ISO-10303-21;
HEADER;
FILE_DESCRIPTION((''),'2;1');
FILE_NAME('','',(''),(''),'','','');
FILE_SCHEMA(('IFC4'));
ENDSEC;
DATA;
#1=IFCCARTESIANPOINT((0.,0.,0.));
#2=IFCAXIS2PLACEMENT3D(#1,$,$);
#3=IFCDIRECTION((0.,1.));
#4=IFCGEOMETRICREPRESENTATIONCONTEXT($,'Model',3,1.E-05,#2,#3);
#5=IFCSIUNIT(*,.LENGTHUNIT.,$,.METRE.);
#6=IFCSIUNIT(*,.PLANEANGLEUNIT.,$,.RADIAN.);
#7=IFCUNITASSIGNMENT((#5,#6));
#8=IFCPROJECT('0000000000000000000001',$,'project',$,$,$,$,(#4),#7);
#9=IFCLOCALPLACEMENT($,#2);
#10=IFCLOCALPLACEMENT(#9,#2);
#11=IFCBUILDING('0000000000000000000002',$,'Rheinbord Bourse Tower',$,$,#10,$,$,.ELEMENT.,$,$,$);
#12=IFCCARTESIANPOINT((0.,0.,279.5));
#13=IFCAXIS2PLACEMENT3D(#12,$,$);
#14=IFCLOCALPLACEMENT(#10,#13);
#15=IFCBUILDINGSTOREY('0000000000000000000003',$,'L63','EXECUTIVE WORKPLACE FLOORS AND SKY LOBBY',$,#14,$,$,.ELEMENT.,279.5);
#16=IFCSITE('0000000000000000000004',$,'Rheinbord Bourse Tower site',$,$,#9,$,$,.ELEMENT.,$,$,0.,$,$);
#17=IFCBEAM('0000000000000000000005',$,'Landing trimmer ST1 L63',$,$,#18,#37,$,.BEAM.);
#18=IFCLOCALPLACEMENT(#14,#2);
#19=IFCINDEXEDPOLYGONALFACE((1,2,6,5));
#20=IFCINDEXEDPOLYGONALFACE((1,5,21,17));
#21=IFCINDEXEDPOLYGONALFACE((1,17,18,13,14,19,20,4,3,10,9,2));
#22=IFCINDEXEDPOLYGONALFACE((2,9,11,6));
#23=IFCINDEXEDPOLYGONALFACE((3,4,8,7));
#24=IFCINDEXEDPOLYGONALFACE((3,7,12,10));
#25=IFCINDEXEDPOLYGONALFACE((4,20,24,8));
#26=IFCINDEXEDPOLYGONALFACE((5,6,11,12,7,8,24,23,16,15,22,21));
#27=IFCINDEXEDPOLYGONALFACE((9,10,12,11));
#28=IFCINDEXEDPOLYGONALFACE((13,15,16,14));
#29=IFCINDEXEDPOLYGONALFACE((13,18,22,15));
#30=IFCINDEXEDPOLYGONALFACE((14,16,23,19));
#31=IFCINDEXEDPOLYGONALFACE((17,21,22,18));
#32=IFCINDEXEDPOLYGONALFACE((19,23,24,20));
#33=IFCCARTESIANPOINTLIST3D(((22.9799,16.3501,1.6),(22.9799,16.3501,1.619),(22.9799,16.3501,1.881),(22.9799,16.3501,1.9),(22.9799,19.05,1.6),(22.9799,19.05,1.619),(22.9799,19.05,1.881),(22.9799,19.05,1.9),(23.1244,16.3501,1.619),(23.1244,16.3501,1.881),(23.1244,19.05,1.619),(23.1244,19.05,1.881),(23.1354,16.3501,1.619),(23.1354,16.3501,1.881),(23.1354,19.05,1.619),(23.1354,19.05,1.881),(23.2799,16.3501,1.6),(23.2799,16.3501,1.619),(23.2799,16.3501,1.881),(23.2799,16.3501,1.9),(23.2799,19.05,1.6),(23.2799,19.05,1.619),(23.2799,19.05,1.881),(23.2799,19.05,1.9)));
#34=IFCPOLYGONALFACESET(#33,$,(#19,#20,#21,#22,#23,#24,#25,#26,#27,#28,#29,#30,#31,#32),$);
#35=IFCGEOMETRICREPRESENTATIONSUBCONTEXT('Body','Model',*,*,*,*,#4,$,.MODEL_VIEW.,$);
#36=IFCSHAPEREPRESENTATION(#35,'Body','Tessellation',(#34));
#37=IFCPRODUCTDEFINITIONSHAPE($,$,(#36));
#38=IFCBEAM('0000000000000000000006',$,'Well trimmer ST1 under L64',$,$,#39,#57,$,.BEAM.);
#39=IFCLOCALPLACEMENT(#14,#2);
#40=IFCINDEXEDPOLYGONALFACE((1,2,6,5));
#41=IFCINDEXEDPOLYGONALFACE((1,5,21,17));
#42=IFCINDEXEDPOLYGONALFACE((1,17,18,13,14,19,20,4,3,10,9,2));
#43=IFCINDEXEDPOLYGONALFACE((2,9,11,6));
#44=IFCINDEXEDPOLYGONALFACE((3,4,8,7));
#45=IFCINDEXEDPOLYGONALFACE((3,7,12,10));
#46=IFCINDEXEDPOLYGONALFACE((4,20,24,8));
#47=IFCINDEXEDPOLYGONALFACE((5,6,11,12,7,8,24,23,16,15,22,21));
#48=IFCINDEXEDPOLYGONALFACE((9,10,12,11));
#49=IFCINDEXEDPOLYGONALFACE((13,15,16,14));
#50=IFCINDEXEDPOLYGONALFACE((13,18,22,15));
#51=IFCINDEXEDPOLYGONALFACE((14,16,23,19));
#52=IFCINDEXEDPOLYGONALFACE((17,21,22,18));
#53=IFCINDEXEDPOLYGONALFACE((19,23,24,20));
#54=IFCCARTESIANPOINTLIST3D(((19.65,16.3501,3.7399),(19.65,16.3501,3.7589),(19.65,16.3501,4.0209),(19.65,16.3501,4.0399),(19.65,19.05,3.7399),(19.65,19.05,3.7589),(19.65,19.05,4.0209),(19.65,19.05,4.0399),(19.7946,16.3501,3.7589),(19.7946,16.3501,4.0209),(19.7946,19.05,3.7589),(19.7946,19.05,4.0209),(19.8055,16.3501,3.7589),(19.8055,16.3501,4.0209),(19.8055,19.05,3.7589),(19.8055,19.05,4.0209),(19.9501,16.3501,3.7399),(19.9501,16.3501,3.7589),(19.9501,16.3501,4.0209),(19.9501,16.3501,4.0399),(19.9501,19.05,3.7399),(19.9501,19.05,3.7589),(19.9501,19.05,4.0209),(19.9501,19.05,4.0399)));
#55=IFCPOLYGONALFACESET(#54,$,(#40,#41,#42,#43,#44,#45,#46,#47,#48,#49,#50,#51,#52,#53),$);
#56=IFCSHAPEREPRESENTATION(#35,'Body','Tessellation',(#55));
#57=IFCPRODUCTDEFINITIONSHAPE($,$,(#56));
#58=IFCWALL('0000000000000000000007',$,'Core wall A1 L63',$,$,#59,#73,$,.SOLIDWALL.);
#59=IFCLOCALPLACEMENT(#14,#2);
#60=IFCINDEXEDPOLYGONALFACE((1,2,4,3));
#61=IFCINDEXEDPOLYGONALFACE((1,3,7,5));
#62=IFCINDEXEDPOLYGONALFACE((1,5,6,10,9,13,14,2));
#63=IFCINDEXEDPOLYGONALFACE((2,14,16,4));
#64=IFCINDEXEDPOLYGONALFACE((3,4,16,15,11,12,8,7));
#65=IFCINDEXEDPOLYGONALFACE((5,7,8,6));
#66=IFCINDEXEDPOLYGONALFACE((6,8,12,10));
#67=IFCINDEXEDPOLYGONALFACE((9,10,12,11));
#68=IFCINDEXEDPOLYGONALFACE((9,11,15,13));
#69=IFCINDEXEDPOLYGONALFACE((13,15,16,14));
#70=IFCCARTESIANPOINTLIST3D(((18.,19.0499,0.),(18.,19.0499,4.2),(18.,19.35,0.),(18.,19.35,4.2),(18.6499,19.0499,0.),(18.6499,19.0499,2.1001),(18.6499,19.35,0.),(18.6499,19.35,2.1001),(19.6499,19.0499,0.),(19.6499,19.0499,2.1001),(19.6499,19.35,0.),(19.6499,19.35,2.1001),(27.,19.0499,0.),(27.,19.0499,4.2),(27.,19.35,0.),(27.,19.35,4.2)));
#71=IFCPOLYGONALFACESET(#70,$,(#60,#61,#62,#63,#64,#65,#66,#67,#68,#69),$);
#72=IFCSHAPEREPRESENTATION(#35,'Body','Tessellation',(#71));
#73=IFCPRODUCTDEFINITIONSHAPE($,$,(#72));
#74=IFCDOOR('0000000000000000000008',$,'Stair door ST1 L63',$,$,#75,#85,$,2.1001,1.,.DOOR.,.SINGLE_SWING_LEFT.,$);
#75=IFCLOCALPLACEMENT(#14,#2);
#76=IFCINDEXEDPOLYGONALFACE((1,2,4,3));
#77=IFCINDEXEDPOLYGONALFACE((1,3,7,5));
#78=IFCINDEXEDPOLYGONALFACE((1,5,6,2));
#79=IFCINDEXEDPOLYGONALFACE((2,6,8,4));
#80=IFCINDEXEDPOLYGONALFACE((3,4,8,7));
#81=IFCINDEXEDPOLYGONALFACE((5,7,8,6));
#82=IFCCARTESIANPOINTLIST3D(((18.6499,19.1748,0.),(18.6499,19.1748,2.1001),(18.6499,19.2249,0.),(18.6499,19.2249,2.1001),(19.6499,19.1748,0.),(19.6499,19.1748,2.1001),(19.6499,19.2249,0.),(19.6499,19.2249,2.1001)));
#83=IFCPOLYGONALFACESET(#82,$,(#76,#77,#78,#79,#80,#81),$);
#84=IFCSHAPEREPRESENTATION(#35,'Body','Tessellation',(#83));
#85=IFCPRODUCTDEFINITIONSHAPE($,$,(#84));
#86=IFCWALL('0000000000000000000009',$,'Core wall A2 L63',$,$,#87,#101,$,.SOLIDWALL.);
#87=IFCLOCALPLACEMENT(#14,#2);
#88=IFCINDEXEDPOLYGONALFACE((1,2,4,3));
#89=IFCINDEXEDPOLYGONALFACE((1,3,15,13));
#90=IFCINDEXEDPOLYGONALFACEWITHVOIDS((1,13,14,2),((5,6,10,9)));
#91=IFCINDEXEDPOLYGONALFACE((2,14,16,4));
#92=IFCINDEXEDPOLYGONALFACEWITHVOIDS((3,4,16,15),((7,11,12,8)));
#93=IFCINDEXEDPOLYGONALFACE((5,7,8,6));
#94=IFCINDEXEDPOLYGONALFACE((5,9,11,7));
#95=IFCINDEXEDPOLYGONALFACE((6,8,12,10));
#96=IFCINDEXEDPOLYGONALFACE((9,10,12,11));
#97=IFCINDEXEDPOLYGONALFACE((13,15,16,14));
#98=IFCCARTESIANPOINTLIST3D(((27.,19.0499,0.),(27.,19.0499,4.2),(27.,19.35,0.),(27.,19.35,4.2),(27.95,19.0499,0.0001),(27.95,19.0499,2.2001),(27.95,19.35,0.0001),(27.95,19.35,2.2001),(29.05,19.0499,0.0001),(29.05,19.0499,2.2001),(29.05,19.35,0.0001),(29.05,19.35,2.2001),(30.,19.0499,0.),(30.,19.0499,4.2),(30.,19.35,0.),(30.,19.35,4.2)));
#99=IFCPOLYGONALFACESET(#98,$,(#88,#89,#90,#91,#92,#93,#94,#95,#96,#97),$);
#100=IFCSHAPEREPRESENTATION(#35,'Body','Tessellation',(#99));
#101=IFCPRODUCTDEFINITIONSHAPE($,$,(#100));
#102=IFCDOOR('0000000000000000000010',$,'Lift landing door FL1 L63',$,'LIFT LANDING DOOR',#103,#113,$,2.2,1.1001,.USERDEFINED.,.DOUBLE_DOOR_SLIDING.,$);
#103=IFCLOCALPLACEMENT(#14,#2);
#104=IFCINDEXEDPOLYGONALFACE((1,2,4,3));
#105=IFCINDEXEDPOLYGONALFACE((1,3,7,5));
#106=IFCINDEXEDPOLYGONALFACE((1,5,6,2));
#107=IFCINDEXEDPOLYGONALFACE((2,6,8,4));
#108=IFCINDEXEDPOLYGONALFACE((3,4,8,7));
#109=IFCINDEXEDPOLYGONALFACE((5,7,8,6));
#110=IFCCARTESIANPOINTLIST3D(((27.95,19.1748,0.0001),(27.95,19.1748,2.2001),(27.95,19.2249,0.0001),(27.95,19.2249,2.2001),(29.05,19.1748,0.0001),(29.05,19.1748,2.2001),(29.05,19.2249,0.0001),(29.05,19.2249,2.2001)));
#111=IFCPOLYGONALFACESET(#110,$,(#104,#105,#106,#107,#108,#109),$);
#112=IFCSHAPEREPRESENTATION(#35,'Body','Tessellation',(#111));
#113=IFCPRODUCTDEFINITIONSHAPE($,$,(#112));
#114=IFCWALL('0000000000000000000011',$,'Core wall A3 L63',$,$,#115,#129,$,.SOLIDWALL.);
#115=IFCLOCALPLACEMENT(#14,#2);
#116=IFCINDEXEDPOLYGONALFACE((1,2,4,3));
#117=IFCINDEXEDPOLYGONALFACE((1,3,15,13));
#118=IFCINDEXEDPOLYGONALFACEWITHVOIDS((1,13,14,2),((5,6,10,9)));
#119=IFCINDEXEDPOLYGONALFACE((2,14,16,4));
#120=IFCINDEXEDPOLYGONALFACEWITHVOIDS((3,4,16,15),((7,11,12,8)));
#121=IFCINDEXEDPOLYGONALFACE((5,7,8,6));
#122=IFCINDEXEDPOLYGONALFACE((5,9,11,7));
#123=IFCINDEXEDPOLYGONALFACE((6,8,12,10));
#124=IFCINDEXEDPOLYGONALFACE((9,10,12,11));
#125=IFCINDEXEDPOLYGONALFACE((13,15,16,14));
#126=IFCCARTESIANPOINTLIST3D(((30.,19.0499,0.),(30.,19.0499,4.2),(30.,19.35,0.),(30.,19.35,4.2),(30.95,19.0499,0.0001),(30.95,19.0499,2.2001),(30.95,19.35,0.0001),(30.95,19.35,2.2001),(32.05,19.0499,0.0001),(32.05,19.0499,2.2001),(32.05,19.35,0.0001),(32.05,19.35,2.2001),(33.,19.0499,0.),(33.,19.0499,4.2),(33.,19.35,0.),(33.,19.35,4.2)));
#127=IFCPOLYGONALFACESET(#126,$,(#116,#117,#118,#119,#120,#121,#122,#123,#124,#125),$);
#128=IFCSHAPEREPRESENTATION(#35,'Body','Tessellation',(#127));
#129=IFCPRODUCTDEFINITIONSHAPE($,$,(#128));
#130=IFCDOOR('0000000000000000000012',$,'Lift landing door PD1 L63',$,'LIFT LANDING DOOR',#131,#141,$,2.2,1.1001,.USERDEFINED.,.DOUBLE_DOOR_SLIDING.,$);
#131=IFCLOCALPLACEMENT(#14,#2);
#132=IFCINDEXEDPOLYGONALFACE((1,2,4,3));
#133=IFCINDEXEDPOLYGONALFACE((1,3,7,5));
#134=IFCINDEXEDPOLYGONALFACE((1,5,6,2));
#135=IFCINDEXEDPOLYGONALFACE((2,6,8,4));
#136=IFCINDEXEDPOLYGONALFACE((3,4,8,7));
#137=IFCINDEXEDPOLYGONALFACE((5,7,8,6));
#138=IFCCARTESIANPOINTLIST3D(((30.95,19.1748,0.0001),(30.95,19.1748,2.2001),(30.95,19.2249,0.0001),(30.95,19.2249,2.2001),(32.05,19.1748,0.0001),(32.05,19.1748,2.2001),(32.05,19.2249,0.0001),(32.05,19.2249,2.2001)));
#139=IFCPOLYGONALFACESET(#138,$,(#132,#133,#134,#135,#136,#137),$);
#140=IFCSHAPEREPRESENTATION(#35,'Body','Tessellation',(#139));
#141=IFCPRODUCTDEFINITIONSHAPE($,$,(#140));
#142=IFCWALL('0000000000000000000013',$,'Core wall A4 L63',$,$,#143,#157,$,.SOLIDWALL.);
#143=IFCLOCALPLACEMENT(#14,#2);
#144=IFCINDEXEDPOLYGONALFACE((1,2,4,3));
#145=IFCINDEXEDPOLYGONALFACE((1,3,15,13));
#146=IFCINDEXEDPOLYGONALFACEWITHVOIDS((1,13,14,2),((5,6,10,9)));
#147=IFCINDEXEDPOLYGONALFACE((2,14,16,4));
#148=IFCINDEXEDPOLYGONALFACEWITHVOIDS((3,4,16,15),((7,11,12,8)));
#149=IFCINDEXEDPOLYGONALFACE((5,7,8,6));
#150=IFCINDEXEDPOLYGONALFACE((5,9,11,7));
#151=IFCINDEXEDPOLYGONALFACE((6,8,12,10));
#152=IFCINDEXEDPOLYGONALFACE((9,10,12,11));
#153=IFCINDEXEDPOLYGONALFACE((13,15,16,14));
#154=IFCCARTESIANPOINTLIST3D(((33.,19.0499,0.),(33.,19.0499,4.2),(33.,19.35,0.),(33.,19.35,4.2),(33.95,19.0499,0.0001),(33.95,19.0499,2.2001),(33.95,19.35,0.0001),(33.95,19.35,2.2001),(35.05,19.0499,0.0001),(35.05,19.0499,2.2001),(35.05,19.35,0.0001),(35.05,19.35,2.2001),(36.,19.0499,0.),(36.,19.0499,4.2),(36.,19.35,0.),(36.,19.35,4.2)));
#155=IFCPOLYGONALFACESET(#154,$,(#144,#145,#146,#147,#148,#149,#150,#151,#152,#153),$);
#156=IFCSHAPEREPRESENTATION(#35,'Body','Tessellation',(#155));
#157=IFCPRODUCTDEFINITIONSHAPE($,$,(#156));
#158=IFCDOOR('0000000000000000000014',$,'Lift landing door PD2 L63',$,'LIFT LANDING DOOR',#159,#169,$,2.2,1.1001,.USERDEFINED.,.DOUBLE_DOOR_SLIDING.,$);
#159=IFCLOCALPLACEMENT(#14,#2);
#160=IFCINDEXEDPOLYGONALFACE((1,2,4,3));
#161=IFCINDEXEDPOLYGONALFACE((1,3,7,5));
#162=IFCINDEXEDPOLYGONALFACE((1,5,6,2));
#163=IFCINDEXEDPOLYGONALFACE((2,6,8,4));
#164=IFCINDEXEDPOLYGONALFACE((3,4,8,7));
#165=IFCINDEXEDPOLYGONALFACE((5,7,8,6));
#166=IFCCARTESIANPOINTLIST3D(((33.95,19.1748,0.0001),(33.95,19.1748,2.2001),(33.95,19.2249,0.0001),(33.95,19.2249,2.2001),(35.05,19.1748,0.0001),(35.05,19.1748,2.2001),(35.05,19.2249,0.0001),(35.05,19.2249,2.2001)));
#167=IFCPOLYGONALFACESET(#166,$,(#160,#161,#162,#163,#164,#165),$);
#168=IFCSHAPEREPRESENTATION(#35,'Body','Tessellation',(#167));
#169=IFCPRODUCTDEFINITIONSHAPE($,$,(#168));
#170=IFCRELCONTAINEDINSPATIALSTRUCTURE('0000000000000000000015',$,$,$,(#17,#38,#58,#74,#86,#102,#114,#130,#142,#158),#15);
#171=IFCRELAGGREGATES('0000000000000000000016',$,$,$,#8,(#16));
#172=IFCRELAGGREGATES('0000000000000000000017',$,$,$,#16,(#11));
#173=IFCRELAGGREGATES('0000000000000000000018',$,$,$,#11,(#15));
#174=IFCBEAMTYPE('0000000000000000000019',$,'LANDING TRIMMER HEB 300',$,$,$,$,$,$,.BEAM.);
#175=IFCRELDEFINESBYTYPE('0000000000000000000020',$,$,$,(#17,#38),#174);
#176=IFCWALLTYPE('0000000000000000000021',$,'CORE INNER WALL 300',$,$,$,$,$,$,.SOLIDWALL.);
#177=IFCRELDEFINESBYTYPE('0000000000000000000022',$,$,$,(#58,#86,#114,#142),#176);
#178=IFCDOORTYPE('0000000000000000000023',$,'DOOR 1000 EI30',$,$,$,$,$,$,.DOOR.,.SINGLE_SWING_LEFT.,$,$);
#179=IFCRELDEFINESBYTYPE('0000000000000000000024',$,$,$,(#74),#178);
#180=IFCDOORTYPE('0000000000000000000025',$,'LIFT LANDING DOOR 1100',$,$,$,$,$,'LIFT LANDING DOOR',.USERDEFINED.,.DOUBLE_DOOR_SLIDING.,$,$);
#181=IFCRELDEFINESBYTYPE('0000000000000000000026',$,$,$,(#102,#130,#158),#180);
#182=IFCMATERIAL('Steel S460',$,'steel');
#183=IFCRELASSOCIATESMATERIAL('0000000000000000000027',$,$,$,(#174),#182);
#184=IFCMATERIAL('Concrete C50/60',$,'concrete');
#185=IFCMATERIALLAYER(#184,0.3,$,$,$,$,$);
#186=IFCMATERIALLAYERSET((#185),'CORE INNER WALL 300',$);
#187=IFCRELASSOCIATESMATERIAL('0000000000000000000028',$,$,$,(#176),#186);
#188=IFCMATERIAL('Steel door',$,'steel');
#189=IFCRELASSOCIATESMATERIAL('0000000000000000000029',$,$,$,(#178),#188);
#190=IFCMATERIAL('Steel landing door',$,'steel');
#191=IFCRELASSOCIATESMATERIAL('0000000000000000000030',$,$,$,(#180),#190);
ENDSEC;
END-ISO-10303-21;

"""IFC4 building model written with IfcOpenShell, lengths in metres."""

from ifc_helpers import new_model, si_unit, direction, frame, frame_2d, origin, origin_2d, place, context, subcontext, project, spatial, rectangle, i_section, extrude, material, layer, layer_set, material_profile, profile_set, type_object, element, fill, save


model = new_model("IFC4")

# Units and contexts
model_context = context("Model", 3, precision=1e-05, world=origin(), true_north=direction((0.0, 1.0)))
body_context = subcontext(model_context, "Body", "Model", "MODEL_VIEW")
ifc_project = project(units=[si_unit("LENGTHUNIT", "METRE"), si_unit("PLANEANGLEUNIT", "RADIAN")], contexts=[model_context])

# Site, building, storey
site_placement = place(None, origin())
site = spatial("IfcSite", under=ifc_project, at=site_placement, Name="Rheinbord Bourse Tower site", CompositionType="ELEMENT", RefElevation=0.0)
building_placement = place(site_placement, origin())
building = spatial("IfcBuilding", under=site, at=building_placement, Name="Rheinbord Bourse Tower", CompositionType="ELEMENT")
storey_placement = place(building_placement, frame((0.0, 0.0, 279.5)))
storey = spatial("IfcBuildingStorey", under=building, at=storey_placement, Name="L63", Description="EXECUTIVE WORKPLACE FLOORS AND SKY LOBBY", CompositionType="ELEMENT", Elevation=279.5)

# Beams
ifc_material_1 = material(Name="Steel S460", Category="steel")
ifc_material_profile = material_profile(ifc_material_1, i_section(OverallWidth=0.3, OverallDepth=0.3, WebThickness=0.011, FlangeThickness=0.019, at=origin_2d()), Name="HEB 300")
ifc_profile_set = profile_set([ifc_material_profile], Name="Steel S460")
beam_type = type_object("IfcBeamType", Name="LANDING TRIMMER HEB 300", PredefinedType="BEAM", material=ifc_profile_set)
for number, where, z_axis, x_axis, name in (
    (1, (23.1299, 16.3501, 1.75), (0.0, 1.0, 0.0), (-1.0, 0.0, 0.0), "Landing trimmer ST1 L63"),
    (2, (19.8, 16.3501, 3.8899), (0.0, 1.0, 0.0), (-1.0, 0.0, 0.0), "Well trimmer ST1 under L64"),
):
    element("IfcBeam", number, at=place(storey_placement, frame(where, z_axis=z_axis, x_axis=x_axis)), inside=storey, type_object=beam_type, Name=name, PredefinedType="BEAM", context=body_context, shape_type="SweptSolid", body=[
        extrude(i_section(OverallWidth=0.3, OverallDepth=0.3, WebThickness=0.011, FlangeThickness=0.019, at=origin_2d()), origin(), (0.0, 0.0, 1.0), 2.7),
    ])

# Walls, openings, doors
ifc_material_2 = material(Name="Concrete C50/60", Category="concrete")
ifc_layer_1 = layer(ifc_material_2, 0.3)
ifc_layer_set_1 = layer_set([ifc_layer_1], Name="CORE INNER WALL 300")
wall_type_1 = type_object("IfcWallType", Name="CORE INNER WALL 300", PredefinedType="SOLIDWALL", material=ifc_layer_set_1)
wall_1_placement = place(storey_placement, frame((18.0, 19.2, 0.0), z_axis=(0.0, 0.0, 1.0), x_axis=(1.0, 0.0, 0.0)))
wall_1 = element("IfcWall", 3, at=wall_1_placement, inside=storey, type_object=wall_type_1, Name="Core wall A1 L63", PredefinedType="SOLIDWALL", context=body_context, shape_type="SweptSolid", body=[
    extrude(rectangle(XDim=9.0, YDim=0.3, at=frame_2d((4.5, 0.0))), origin(), (0.0, 0.0, 1.0), 4.2),
])
opening_1_placement = place(wall_1_placement, frame((0.6499, 0.0, 0.0)))
opening_1 = element("IfcOpeningElement", 4, at=opening_1_placement, cuts=wall_1, PredefinedType="OPENING", context=body_context, shape_type="SweptSolid", body=[
    extrude(rectangle(XDim=1.0, YDim=2.1001, at=frame_2d((0.5, 1.05))), frame((0.0, 0.1599, 0.0), z_axis=(0.0, -1.0, 0.0), x_axis=(1.0, 0.0, 0.0)), (0.0, 0.0, 1.0), 0.3201),
])
ifc_material_3 = material(Name="Steel door", Category="steel")
door_type_1 = type_object("IfcDoorType", Name="DOOR 1000 EI30", OperationType="SINGLE_SWING_LEFT", PredefinedType="DOOR", material=ifc_material_3)
door_1_placement = place(opening_1_placement, origin())
door_1 = element("IfcDoor", 5, at=door_1_placement, inside=storey, type_object=door_type_1, Name="Stair door ST1 L63", OperationType="SINGLE_SWING_LEFT", OverallHeight=2.1001, OverallWidth=1.0, PredefinedType="DOOR", context=body_context, shape_type="SweptSolid", body=[
    extrude(rectangle(XDim=1.0, YDim=2.1001, at=frame_2d((0.5, 1.05))), frame((0.0, 0.0249, 0.0), z_axis=(0.0, -1.0, 0.0), x_axis=(1.0, 0.0, 0.0)), (0.0, 0.0, 1.0), 0.05),
])
fill(opening_1, door_1)
wall_2_placement = place(storey_placement, frame((27.0, 19.2, 0.0), z_axis=(0.0, 0.0, 1.0), x_axis=(1.0, 0.0, 0.0)))
wall_2 = element("IfcWall", 6, at=wall_2_placement, inside=storey, type_object=wall_type_1, Name="Core wall A2 L63", PredefinedType="SOLIDWALL", context=body_context, shape_type="SweptSolid", body=[
    extrude(rectangle(XDim=3.0, YDim=0.3, at=frame_2d((1.5, 0.0))), origin(), (0.0, 0.0, 1.0), 4.2),
])
opening_2_placement = place(wall_2_placement, frame((0.95, 0.0, 0.0)))
opening_2 = element("IfcOpeningElement", 7, at=opening_2_placement, cuts=wall_2, PredefinedType="OPENING", context=body_context, shape_type="SweptSolid", body=[
    extrude(rectangle(XDim=1.1001, YDim=2.2, at=frame_2d((0.55, 1.1001))), frame((0.0, 0.1599, 0.0), z_axis=(0.0, -1.0, 0.0), x_axis=(1.0, 0.0, 0.0)), (0.0, 0.0, 1.0), 0.3201),
])
ifc_material_4 = material(Name="Steel landing door", Category="steel")
door_type_2 = type_object("IfcDoorType", Name="LIFT LANDING DOOR 1100", ElementType="LIFT LANDING DOOR", OperationType="DOUBLE_DOOR_SLIDING", PredefinedType="USERDEFINED", material=ifc_material_4)
door_2_placement = place(opening_2_placement, origin())
door_2 = element("IfcDoor", 8, at=door_2_placement, inside=storey, type_object=door_type_2, Name="Lift landing door FL1 L63", ObjectType="LIFT LANDING DOOR", OperationType="DOUBLE_DOOR_SLIDING", OverallHeight=2.2, OverallWidth=1.1001, PredefinedType="USERDEFINED", context=body_context, shape_type="SweptSolid", body=[
    extrude(rectangle(XDim=1.1001, YDim=2.2, at=frame_2d((0.55, 1.1001))), frame((0.0, 0.0249, 0.0), z_axis=(0.0, -1.0, 0.0), x_axis=(1.0, 0.0, 0.0)), (0.0, 0.0, 1.0), 0.05),
])
fill(opening_2, door_2)
wall_3_placement = place(storey_placement, frame((30.0, 19.2, 0.0), z_axis=(0.0, 0.0, 1.0), x_axis=(1.0, 0.0, 0.0)))
wall_3 = element("IfcWall", 9, at=wall_3_placement, inside=storey, type_object=wall_type_1, Name="Core wall A3 L63", PredefinedType="SOLIDWALL", context=body_context, shape_type="SweptSolid", body=[
    extrude(rectangle(XDim=3.0, YDim=0.3, at=frame_2d((1.5, 0.0))), origin(), (0.0, 0.0, 1.0), 4.2),
])
opening_3_placement = place(wall_3_placement, frame((0.95, 0.0, 0.0)))
opening_3 = element("IfcOpeningElement", 10, at=opening_3_placement, cuts=wall_3, PredefinedType="OPENING", context=body_context, shape_type="SweptSolid", body=[
    extrude(rectangle(XDim=1.1001, YDim=2.2, at=frame_2d((0.55, 1.1001))), frame((0.0, 0.1599, 0.0), z_axis=(0.0, -1.0, 0.0), x_axis=(1.0, 0.0, 0.0)), (0.0, 0.0, 1.0), 0.3201),
])
door_3_placement = place(opening_3_placement, origin())
door_3 = element("IfcDoor", 11, at=door_3_placement, inside=storey, type_object=door_type_2, Name="Lift landing door PD1 L63", ObjectType="LIFT LANDING DOOR", OperationType="DOUBLE_DOOR_SLIDING", OverallHeight=2.2, OverallWidth=1.1001, PredefinedType="USERDEFINED", context=body_context, shape_type="SweptSolid", body=[
    extrude(rectangle(XDim=1.1001, YDim=2.2, at=frame_2d((0.55, 1.1001))), frame((0.0, 0.0249, 0.0), z_axis=(0.0, -1.0, 0.0), x_axis=(1.0, 0.0, 0.0)), (0.0, 0.0, 1.0), 0.05),
])
fill(opening_3, door_3)
wall_4_placement = place(storey_placement, frame((33.0, 19.2, 0.0), z_axis=(0.0, 0.0, 1.0), x_axis=(1.0, 0.0, 0.0)))
wall_4 = element("IfcWall", 12, at=wall_4_placement, inside=storey, type_object=wall_type_1, Name="Core wall A4 L63", PredefinedType="SOLIDWALL", context=body_context, shape_type="SweptSolid", body=[
    extrude(rectangle(XDim=3.0, YDim=0.3, at=frame_2d((1.5, 0.0))), origin(), (0.0, 0.0, 1.0), 4.2),
])
opening_4_placement = place(wall_4_placement, frame((0.95, 0.0, 0.0)))
opening_4 = element("IfcOpeningElement", 13, at=opening_4_placement, cuts=wall_4, PredefinedType="OPENING", context=body_context, shape_type="SweptSolid", body=[
    extrude(rectangle(XDim=1.1001, YDim=2.2, at=frame_2d((0.55, 1.1001))), frame((0.0, 0.1599, 0.0), z_axis=(0.0, -1.0, 0.0), x_axis=(1.0, 0.0, 0.0)), (0.0, 0.0, 1.0), 0.3201),
])
door_4_placement = place(opening_4_placement, origin())
door_4 = element("IfcDoor", 14, at=door_4_placement, inside=storey, type_object=door_type_2, Name="Lift landing door PD2 L63", ObjectType="LIFT LANDING DOOR", OperationType="DOUBLE_DOOR_SLIDING", OverallHeight=2.2, OverallWidth=1.1001, PredefinedType="USERDEFINED", context=body_context, shape_type="SweptSolid", body=[
    extrude(rectangle(XDim=1.1001, YDim=2.2, at=frame_2d((0.55, 1.1001))), frame((0.0, 0.0249, 0.0), z_axis=(0.0, -1.0, 0.0), x_axis=(1.0, 0.0, 0.0)), (0.0, 0.0, 1.0), 0.05),
])
fill(opening_4, door_4)

save(model, "model.ifc")
